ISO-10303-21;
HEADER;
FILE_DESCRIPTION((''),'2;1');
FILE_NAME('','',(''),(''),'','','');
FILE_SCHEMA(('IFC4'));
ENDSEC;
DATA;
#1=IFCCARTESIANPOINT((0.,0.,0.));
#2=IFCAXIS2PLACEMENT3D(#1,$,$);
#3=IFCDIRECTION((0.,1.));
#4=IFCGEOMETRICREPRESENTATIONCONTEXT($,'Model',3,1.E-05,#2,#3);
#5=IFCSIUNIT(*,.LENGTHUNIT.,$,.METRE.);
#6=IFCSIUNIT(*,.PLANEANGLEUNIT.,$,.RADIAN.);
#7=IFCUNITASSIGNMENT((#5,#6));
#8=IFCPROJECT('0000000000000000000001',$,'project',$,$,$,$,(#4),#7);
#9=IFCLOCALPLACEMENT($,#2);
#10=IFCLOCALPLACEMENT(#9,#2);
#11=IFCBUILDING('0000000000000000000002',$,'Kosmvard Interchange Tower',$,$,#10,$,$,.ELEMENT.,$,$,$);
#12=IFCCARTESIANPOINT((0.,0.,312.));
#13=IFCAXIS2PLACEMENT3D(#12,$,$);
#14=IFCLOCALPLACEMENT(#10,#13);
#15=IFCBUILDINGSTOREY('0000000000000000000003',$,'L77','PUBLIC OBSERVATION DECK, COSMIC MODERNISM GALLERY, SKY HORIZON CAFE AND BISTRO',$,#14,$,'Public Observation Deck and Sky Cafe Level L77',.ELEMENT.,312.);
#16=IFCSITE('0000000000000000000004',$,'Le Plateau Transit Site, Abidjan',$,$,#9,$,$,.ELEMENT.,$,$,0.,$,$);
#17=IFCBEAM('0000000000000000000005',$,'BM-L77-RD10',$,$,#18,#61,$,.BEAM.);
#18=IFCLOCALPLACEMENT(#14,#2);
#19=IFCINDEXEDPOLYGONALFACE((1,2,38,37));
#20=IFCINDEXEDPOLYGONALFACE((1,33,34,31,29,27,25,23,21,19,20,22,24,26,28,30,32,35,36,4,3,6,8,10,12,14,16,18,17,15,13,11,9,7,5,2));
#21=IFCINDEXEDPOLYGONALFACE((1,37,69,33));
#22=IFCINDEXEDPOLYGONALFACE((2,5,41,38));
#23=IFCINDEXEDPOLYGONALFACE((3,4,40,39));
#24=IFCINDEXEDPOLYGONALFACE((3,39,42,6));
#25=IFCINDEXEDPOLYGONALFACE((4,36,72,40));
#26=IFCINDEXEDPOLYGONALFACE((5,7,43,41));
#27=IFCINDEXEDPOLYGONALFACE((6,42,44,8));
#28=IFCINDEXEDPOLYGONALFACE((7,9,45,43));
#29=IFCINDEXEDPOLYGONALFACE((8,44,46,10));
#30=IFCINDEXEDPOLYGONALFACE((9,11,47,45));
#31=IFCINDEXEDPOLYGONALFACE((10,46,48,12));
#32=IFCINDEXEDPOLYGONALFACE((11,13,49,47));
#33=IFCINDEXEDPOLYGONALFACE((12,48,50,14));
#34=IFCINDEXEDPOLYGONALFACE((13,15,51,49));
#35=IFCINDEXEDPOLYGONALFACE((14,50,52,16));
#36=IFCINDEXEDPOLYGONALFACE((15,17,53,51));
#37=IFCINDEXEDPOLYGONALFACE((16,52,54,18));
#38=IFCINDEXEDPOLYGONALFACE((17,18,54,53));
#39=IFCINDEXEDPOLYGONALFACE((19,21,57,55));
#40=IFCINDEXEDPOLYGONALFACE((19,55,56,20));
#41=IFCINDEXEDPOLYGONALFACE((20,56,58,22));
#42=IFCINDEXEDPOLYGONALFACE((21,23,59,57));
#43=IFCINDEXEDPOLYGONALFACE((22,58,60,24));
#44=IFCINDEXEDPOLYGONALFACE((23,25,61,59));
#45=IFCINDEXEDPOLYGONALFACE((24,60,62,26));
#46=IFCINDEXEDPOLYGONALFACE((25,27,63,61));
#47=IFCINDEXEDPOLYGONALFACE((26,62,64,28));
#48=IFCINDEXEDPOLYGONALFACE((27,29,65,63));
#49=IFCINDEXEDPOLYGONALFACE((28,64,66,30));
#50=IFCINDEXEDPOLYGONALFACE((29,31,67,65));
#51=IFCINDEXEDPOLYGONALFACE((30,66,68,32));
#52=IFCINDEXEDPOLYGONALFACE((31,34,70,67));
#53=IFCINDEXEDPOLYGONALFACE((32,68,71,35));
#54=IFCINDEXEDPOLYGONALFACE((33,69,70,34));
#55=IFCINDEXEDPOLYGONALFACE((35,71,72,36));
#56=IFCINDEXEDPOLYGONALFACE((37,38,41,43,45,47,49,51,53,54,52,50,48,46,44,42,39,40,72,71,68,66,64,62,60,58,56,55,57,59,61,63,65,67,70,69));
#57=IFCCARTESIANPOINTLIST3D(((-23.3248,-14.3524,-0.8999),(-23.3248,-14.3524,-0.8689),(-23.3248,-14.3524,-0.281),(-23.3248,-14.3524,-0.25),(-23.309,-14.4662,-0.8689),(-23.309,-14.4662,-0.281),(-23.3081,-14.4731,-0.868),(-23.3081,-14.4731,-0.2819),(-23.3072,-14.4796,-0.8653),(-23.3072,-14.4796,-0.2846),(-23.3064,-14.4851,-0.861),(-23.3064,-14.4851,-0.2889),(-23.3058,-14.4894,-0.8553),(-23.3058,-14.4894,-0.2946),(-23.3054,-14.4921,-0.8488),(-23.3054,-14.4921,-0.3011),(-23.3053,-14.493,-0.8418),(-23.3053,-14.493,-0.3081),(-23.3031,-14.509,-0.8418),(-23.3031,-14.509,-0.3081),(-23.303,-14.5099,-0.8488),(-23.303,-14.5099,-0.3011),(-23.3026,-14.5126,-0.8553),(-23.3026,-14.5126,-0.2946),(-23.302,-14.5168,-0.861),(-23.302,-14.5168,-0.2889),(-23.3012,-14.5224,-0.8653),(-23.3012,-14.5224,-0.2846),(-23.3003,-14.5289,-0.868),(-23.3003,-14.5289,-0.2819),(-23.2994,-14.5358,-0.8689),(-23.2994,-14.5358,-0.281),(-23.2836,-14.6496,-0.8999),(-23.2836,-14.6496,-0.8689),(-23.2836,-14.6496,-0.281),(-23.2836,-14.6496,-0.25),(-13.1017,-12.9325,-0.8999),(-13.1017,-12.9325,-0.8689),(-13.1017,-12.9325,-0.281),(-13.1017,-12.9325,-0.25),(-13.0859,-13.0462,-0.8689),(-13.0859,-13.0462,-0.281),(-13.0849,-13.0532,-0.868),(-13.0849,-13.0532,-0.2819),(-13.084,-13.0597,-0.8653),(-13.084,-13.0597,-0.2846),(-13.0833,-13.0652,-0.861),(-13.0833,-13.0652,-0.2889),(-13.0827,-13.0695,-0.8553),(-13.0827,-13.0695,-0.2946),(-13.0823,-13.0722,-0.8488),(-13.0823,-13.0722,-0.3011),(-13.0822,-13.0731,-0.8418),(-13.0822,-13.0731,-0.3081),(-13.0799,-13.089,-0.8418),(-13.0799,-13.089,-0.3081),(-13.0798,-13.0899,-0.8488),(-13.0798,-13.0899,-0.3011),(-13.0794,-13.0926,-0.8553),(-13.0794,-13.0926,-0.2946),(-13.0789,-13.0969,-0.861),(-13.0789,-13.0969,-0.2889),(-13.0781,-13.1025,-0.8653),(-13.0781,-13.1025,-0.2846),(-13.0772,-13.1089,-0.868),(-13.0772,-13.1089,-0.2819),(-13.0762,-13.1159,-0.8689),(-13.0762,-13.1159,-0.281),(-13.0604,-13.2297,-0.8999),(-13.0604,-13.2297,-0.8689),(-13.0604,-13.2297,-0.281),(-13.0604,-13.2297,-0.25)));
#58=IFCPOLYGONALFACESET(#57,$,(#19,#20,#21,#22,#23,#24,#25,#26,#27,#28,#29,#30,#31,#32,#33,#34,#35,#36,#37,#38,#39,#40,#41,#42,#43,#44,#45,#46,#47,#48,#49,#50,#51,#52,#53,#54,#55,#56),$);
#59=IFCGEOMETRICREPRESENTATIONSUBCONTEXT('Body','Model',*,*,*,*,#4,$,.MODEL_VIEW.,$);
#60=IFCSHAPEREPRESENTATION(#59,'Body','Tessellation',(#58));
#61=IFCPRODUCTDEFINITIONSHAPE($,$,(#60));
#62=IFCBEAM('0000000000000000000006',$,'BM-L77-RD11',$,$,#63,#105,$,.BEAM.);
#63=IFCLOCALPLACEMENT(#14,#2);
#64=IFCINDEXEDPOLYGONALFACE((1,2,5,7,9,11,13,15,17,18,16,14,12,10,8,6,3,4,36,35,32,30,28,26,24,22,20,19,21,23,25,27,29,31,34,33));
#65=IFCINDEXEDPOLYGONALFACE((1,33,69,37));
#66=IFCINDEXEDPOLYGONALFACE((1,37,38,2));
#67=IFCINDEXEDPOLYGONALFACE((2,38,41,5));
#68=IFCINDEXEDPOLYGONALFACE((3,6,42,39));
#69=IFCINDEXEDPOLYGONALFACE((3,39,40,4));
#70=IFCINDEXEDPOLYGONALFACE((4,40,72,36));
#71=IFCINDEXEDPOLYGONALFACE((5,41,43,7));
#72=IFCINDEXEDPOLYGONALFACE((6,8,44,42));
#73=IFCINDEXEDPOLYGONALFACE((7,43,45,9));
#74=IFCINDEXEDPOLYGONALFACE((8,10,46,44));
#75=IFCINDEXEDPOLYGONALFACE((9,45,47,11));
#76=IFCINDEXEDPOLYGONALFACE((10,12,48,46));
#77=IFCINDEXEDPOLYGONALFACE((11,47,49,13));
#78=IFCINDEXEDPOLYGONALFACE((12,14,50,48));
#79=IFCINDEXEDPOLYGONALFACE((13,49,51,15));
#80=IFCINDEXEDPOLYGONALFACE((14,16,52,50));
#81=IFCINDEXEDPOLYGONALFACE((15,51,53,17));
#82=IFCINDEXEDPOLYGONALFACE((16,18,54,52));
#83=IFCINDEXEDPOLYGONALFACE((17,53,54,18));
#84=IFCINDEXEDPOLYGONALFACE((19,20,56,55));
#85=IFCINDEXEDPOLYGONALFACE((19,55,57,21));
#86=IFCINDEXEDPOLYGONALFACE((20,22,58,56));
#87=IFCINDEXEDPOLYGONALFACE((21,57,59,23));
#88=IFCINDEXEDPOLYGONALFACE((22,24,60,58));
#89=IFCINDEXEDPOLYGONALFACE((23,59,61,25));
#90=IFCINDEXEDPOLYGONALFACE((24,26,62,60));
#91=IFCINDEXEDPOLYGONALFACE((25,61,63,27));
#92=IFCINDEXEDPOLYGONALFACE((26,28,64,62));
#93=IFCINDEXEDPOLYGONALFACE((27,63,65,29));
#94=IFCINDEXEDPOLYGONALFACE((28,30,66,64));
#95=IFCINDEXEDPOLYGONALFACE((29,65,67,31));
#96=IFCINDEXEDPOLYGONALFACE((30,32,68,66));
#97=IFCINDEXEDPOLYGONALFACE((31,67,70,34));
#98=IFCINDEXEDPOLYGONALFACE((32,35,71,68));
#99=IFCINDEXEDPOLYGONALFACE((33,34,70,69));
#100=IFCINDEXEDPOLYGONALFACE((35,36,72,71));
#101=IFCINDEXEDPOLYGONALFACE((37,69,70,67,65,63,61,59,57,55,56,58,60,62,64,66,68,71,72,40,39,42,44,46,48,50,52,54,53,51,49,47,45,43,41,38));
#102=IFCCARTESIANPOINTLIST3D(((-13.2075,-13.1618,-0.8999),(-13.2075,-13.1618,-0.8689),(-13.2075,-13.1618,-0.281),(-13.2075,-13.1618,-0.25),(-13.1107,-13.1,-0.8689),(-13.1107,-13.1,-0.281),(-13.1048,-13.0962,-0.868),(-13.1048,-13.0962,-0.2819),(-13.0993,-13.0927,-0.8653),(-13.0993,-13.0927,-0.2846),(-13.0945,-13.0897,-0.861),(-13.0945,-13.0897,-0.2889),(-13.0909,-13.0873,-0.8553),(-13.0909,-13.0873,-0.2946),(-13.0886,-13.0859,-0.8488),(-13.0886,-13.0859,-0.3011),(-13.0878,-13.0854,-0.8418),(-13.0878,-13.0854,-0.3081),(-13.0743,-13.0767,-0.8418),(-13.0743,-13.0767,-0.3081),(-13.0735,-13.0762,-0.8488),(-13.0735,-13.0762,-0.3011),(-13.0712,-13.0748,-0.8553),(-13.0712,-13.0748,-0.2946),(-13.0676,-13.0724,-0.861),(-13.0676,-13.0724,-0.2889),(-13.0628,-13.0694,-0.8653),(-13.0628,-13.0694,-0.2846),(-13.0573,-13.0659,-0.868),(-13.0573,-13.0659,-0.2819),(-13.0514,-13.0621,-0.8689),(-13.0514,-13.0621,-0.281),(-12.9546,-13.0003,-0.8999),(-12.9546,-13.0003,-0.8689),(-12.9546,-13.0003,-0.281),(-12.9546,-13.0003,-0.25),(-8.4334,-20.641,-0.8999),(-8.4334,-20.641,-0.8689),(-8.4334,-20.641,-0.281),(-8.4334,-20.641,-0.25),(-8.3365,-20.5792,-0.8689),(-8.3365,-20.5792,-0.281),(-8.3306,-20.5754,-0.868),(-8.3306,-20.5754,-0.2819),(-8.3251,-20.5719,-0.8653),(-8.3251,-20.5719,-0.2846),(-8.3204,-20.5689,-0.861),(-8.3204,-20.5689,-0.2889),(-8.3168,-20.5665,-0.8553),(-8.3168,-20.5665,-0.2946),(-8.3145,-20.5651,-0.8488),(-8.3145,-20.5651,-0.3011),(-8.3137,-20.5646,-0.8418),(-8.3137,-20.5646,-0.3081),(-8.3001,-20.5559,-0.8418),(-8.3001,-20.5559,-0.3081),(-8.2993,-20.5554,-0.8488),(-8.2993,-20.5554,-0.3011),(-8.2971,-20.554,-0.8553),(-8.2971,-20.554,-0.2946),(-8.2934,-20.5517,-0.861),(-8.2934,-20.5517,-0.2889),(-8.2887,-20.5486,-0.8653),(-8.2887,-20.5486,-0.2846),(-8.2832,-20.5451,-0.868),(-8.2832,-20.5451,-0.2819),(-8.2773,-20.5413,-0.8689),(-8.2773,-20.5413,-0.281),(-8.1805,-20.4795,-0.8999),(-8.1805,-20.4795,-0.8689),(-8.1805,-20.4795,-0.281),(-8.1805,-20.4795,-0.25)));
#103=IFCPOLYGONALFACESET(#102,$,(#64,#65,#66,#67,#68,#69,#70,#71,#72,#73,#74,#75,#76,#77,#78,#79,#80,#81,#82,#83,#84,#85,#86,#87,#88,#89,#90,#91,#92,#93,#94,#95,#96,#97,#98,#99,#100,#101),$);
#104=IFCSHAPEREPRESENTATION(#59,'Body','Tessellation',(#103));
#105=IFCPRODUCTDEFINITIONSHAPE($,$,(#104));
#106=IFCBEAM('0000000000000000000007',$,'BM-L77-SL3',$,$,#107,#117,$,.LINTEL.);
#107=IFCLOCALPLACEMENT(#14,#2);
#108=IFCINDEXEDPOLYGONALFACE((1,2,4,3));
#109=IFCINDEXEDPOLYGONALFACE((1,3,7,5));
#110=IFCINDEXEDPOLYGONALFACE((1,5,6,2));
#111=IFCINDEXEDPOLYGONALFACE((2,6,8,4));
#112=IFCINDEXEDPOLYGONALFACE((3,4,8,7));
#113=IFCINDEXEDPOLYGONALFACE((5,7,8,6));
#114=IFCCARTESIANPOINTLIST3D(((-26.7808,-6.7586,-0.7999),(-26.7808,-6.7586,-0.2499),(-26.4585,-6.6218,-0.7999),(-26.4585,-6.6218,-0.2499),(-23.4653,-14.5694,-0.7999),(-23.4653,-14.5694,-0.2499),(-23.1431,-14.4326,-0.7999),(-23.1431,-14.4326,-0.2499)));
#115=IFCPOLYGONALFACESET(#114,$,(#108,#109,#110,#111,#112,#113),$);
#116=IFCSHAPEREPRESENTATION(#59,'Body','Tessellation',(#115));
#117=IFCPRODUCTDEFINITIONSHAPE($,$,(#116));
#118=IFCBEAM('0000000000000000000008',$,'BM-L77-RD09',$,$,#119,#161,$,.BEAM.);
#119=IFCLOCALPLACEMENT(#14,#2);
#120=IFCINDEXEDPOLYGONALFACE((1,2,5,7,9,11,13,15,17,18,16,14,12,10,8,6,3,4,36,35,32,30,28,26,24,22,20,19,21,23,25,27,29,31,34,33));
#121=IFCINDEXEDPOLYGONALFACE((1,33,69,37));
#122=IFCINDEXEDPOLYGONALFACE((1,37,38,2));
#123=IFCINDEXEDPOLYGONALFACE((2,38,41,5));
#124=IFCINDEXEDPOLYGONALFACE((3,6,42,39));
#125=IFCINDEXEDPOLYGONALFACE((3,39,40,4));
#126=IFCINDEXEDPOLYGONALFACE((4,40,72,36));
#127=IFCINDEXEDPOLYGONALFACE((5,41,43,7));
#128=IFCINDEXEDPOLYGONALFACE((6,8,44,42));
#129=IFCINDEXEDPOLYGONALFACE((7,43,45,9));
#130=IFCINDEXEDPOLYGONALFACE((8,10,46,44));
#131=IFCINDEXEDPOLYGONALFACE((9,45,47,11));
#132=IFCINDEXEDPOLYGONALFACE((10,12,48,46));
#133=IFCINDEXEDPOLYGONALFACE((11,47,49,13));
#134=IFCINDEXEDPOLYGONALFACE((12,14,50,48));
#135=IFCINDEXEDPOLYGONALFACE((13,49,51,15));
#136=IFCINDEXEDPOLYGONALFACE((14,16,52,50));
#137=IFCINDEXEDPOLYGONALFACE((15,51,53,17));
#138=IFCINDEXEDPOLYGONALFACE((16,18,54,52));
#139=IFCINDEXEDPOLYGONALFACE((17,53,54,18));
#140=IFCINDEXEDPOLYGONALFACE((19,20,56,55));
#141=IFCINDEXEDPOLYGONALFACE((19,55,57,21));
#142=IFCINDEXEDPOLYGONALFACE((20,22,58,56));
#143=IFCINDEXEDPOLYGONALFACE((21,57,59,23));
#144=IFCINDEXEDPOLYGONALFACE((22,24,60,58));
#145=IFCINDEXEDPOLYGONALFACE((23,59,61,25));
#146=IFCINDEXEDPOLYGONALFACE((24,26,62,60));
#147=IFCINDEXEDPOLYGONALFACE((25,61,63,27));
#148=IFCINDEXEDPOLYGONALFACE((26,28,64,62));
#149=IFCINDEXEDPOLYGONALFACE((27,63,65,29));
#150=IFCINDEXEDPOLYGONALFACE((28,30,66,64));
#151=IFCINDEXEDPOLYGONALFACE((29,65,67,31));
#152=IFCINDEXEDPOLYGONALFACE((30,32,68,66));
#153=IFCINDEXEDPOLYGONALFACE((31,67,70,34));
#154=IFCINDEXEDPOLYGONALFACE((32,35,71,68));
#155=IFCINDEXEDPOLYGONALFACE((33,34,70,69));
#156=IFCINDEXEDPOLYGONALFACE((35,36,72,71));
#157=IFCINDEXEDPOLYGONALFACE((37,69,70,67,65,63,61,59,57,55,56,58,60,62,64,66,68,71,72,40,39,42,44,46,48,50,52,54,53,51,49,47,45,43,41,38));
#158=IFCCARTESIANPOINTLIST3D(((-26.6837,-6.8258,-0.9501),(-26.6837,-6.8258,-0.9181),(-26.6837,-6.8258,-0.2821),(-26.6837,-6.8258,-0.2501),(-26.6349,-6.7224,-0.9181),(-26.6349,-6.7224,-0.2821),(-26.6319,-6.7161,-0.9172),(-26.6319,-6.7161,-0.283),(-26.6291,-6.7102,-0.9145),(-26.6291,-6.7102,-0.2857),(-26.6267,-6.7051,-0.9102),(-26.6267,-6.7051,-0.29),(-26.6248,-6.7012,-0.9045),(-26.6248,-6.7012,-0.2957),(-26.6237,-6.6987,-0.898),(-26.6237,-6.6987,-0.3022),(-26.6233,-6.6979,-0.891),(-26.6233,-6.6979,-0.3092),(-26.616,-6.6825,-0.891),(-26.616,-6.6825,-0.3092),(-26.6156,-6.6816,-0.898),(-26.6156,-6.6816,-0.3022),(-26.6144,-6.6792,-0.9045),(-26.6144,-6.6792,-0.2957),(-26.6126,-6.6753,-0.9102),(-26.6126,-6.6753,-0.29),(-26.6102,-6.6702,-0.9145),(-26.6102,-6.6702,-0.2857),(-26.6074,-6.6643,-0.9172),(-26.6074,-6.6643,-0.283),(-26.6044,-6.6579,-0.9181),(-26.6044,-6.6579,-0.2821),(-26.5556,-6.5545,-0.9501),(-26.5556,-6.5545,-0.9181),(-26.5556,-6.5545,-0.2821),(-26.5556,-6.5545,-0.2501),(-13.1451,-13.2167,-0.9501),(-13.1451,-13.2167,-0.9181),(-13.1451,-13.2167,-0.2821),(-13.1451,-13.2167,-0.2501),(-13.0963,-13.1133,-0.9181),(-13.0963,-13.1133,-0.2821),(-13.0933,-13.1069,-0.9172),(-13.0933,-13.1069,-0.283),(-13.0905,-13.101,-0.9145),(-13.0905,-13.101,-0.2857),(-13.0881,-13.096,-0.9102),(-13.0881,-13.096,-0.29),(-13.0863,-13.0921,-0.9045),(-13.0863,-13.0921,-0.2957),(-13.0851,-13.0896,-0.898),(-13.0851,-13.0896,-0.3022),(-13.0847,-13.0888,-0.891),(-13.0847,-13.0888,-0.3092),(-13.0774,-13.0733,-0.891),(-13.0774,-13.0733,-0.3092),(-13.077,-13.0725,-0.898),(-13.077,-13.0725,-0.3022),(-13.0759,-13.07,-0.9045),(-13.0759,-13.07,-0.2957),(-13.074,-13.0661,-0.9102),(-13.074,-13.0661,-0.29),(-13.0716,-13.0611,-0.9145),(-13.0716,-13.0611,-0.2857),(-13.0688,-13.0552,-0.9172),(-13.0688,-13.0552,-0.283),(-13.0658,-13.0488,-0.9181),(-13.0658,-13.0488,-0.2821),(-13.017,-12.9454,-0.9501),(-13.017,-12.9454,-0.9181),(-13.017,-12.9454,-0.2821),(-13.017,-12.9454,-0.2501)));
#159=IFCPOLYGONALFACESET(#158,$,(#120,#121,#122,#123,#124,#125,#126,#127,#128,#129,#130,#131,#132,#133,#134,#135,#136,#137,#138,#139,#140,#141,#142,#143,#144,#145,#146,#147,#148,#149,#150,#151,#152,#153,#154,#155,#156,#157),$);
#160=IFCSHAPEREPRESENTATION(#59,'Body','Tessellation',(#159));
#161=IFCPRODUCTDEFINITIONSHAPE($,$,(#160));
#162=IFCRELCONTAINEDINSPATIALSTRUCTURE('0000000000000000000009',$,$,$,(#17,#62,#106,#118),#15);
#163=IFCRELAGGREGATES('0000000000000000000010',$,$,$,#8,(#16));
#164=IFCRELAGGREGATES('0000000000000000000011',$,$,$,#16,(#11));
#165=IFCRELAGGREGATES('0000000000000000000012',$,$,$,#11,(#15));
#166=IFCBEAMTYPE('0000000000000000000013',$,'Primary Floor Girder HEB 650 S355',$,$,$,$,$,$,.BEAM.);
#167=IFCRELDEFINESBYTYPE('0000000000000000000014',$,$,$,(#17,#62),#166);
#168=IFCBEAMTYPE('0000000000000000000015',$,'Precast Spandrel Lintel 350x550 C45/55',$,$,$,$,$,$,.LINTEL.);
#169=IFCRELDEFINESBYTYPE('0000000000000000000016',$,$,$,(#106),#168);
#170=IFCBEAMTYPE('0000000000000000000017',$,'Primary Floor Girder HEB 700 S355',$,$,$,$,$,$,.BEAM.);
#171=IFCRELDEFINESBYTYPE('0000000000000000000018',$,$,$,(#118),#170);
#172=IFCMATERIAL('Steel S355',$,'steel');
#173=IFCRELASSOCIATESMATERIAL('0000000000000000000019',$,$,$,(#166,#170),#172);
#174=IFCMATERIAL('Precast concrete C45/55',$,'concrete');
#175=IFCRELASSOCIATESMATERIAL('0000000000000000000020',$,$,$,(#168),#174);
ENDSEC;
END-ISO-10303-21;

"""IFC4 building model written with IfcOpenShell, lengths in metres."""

from ifc_helpers import new_model, si_unit, direction, frame, origin, origin_2d, place, context, subcontext, project, spatial, rectangle, i_section, extrude, source, transform, mapped, material, material_profile, profile_set, type_object, element, save


model = new_model("IFC4")

# Units and contexts
model_context = context("Model", 3, precision=1e-05, world=origin(), true_north=direction((0.0, 1.0)))
body_context = subcontext(model_context, "Body", "Model", "MODEL_VIEW")
ifc_project = project(units=[si_unit("LENGTHUNIT", "METRE"), si_unit("PLANEANGLEUNIT", "RADIAN")], contexts=[model_context])

# Site, building, storey
site_placement = place(None, origin())
site = spatial("IfcSite", under=ifc_project, at=site_placement, Name="Le Plateau Transit Site, Abidjan", CompositionType="ELEMENT", RefElevation=0.0)
building_placement = place(site_placement, origin())
building = spatial("IfcBuilding", under=site, at=building_placement, Name="Kosmvard Interchange Tower", CompositionType="ELEMENT")
storey_placement = place(building_placement, frame((0.0, 0.0, 312.0)))
storey = spatial("IfcBuildingStorey", under=building, at=storey_placement, Name="L77", Description="PUBLIC OBSERVATION DECK, COSMIC MODERNISM GALLERY, SKY HORIZON CAFE AND BISTRO", LongName="Public Observation Deck and Sky Cafe Level L77", CompositionType="ELEMENT", Elevation=312.0)

# Beams
ifc_material_1 = material(Name="Steel S355", Category="steel")
ifc_material_profile_1 = material_profile(ifc_material_1, i_section(OverallWidth=0.3, OverallDepth=0.6499, WebThickness=0.0161, FlangeThickness=0.031, FilletRadius=0.0271, at=origin_2d()), Name="HEB 650")
ifc_profile_set_1 = profile_set([ifc_material_profile_1], Name="Steel S355")
beam_type_1 = type_object("IfcBeamType", Name="Primary Floor Girder HEB 650 S355", PredefinedType="BEAM", material=ifc_profile_set_1)
shared_shape_1 = source(origin(), body_context, "Body", "SweptSolid", [
    extrude(i_section(OverallWidth=0.3, OverallDepth=0.6499, WebThickness=0.0161, FlangeThickness=0.031, FilletRadius=0.0271, at=origin_2d()), origin(), (0.0, 0.0, 1.0), 10.3213),
])
beam_1_placement = place(storey_placement, frame((-13.0811, -13.0811, -0.575), z_axis=(-0.990492, -0.137572, 0.0), x_axis=(0.137572, -0.990492, 0.0)))
element("IfcBeam", 1, at=beam_1_placement, inside=storey, type_object=beam_type_1, Name="BM-L77-RD10", PredefinedType="BEAM", context=body_context, shape_type="MappedRepresentation", body=[
    mapped(shared_shape_1, transform((0.0, 0.0, 0.0), scale=1.0)),
])
shared_shape_2 = source(origin(), body_context, "Body", "SweptSolid", [
    extrude(i_section(OverallWidth=0.3, OverallDepth=0.6499, WebThickness=0.0161, FlangeThickness=0.031, FilletRadius=0.0271, at=origin_2d()), origin(), (0.0, 0.0, 1.0), 8.873),
])
beam_2_placement = place(storey_placement, frame((-13.0811, -13.0811, -0.575), z_axis=(0.53805, -0.842913, 0.0), x_axis=(0.842913, 0.53805, 0.0)))
element("IfcBeam", 2, at=beam_2_placement, inside=storey, type_object=beam_type_1, Name="BM-L77-RD11", PredefinedType="BEAM", context=body_context, shape_type="MappedRepresentation", body=[
    mapped(shared_shape_2, transform((0.0, 0.0, 0.0), scale=1.0)),
])
ifc_material_2 = material(Name="Precast concrete C45/55", Category="concrete")
ifc_material_profile_2 = material_profile(ifc_material_2, rectangle(XDim=0.3501, YDim=0.55, at=origin_2d()), Name="SL 350x550")
ifc_profile_set_2 = profile_set([ifc_material_profile_2], Name="Precast concrete C45/55")
beam_type_2 = type_object("IfcBeamType", Name="Precast Spandrel Lintel 350x550 C45/55", PredefinedType="LINTEL", material=ifc_profile_set_2)
shared_shape_3 = source(origin(), body_context, "Body", "SweptSolid", [
    extrude(rectangle(XDim=0.3501, YDim=0.55, at=origin_2d()), origin(), (0.0, 0.0, 1.0), 8.4854),
])
beam_3_placement = place(storey_placement, frame((-26.6196, -6.6902, -0.5249), z_axis=(0.390726, -0.920507, 0.0), x_axis=(0.920507, 0.390726, 0.0)))
element("IfcBeam", 3, at=beam_3_placement, inside=storey, type_object=beam_type_2, Name="BM-L77-SL3", PredefinedType="LINTEL", context=body_context, shape_type="MappedRepresentation", body=[
    mapped(shared_shape_3, transform((0.0, 0.0, 0.0), scale=1.0)),
])
ifc_material_profile_3 = material_profile(ifc_material_1, i_section(OverallWidth=0.3, OverallDepth=0.7, WebThickness=0.0171, FlangeThickness=0.032, FilletRadius=0.0271, at=origin_2d()), Name="HEB 700")
ifc_profile_set_3 = profile_set([ifc_material_profile_3], Name="Steel S355")
beam_type_3 = type_object("IfcBeamType", Name="Primary Floor Girder HEB 700 S355", PredefinedType="BEAM", material=ifc_profile_set_3)
shared_shape_4 = source(origin(), body_context, "Body", "SweptSolid", [
    extrude(i_section(OverallWidth=0.3, OverallDepth=0.7, WebThickness=0.0171, FlangeThickness=0.032, FilletRadius=0.0271, at=origin_2d()), origin(), (0.0, 0.0, 1.0), 14.9712),
])
beam_4_placement = place(storey_placement, frame((-13.0811, -13.0811, -0.6001), z_axis=(-0.904309, 0.426878, 0.0), x_axis=(-0.426878, -0.904309, 0.0)))
element("IfcBeam", 4, at=beam_4_placement, inside=storey, type_object=beam_type_3, Name="BM-L77-RD09", PredefinedType="BEAM", context=body_context, shape_type="MappedRepresentation", body=[
    mapped(shared_shape_4, transform((0.0, 0.0, 0.0), scale=1.0)),
])

save(model, "model.ifc")
